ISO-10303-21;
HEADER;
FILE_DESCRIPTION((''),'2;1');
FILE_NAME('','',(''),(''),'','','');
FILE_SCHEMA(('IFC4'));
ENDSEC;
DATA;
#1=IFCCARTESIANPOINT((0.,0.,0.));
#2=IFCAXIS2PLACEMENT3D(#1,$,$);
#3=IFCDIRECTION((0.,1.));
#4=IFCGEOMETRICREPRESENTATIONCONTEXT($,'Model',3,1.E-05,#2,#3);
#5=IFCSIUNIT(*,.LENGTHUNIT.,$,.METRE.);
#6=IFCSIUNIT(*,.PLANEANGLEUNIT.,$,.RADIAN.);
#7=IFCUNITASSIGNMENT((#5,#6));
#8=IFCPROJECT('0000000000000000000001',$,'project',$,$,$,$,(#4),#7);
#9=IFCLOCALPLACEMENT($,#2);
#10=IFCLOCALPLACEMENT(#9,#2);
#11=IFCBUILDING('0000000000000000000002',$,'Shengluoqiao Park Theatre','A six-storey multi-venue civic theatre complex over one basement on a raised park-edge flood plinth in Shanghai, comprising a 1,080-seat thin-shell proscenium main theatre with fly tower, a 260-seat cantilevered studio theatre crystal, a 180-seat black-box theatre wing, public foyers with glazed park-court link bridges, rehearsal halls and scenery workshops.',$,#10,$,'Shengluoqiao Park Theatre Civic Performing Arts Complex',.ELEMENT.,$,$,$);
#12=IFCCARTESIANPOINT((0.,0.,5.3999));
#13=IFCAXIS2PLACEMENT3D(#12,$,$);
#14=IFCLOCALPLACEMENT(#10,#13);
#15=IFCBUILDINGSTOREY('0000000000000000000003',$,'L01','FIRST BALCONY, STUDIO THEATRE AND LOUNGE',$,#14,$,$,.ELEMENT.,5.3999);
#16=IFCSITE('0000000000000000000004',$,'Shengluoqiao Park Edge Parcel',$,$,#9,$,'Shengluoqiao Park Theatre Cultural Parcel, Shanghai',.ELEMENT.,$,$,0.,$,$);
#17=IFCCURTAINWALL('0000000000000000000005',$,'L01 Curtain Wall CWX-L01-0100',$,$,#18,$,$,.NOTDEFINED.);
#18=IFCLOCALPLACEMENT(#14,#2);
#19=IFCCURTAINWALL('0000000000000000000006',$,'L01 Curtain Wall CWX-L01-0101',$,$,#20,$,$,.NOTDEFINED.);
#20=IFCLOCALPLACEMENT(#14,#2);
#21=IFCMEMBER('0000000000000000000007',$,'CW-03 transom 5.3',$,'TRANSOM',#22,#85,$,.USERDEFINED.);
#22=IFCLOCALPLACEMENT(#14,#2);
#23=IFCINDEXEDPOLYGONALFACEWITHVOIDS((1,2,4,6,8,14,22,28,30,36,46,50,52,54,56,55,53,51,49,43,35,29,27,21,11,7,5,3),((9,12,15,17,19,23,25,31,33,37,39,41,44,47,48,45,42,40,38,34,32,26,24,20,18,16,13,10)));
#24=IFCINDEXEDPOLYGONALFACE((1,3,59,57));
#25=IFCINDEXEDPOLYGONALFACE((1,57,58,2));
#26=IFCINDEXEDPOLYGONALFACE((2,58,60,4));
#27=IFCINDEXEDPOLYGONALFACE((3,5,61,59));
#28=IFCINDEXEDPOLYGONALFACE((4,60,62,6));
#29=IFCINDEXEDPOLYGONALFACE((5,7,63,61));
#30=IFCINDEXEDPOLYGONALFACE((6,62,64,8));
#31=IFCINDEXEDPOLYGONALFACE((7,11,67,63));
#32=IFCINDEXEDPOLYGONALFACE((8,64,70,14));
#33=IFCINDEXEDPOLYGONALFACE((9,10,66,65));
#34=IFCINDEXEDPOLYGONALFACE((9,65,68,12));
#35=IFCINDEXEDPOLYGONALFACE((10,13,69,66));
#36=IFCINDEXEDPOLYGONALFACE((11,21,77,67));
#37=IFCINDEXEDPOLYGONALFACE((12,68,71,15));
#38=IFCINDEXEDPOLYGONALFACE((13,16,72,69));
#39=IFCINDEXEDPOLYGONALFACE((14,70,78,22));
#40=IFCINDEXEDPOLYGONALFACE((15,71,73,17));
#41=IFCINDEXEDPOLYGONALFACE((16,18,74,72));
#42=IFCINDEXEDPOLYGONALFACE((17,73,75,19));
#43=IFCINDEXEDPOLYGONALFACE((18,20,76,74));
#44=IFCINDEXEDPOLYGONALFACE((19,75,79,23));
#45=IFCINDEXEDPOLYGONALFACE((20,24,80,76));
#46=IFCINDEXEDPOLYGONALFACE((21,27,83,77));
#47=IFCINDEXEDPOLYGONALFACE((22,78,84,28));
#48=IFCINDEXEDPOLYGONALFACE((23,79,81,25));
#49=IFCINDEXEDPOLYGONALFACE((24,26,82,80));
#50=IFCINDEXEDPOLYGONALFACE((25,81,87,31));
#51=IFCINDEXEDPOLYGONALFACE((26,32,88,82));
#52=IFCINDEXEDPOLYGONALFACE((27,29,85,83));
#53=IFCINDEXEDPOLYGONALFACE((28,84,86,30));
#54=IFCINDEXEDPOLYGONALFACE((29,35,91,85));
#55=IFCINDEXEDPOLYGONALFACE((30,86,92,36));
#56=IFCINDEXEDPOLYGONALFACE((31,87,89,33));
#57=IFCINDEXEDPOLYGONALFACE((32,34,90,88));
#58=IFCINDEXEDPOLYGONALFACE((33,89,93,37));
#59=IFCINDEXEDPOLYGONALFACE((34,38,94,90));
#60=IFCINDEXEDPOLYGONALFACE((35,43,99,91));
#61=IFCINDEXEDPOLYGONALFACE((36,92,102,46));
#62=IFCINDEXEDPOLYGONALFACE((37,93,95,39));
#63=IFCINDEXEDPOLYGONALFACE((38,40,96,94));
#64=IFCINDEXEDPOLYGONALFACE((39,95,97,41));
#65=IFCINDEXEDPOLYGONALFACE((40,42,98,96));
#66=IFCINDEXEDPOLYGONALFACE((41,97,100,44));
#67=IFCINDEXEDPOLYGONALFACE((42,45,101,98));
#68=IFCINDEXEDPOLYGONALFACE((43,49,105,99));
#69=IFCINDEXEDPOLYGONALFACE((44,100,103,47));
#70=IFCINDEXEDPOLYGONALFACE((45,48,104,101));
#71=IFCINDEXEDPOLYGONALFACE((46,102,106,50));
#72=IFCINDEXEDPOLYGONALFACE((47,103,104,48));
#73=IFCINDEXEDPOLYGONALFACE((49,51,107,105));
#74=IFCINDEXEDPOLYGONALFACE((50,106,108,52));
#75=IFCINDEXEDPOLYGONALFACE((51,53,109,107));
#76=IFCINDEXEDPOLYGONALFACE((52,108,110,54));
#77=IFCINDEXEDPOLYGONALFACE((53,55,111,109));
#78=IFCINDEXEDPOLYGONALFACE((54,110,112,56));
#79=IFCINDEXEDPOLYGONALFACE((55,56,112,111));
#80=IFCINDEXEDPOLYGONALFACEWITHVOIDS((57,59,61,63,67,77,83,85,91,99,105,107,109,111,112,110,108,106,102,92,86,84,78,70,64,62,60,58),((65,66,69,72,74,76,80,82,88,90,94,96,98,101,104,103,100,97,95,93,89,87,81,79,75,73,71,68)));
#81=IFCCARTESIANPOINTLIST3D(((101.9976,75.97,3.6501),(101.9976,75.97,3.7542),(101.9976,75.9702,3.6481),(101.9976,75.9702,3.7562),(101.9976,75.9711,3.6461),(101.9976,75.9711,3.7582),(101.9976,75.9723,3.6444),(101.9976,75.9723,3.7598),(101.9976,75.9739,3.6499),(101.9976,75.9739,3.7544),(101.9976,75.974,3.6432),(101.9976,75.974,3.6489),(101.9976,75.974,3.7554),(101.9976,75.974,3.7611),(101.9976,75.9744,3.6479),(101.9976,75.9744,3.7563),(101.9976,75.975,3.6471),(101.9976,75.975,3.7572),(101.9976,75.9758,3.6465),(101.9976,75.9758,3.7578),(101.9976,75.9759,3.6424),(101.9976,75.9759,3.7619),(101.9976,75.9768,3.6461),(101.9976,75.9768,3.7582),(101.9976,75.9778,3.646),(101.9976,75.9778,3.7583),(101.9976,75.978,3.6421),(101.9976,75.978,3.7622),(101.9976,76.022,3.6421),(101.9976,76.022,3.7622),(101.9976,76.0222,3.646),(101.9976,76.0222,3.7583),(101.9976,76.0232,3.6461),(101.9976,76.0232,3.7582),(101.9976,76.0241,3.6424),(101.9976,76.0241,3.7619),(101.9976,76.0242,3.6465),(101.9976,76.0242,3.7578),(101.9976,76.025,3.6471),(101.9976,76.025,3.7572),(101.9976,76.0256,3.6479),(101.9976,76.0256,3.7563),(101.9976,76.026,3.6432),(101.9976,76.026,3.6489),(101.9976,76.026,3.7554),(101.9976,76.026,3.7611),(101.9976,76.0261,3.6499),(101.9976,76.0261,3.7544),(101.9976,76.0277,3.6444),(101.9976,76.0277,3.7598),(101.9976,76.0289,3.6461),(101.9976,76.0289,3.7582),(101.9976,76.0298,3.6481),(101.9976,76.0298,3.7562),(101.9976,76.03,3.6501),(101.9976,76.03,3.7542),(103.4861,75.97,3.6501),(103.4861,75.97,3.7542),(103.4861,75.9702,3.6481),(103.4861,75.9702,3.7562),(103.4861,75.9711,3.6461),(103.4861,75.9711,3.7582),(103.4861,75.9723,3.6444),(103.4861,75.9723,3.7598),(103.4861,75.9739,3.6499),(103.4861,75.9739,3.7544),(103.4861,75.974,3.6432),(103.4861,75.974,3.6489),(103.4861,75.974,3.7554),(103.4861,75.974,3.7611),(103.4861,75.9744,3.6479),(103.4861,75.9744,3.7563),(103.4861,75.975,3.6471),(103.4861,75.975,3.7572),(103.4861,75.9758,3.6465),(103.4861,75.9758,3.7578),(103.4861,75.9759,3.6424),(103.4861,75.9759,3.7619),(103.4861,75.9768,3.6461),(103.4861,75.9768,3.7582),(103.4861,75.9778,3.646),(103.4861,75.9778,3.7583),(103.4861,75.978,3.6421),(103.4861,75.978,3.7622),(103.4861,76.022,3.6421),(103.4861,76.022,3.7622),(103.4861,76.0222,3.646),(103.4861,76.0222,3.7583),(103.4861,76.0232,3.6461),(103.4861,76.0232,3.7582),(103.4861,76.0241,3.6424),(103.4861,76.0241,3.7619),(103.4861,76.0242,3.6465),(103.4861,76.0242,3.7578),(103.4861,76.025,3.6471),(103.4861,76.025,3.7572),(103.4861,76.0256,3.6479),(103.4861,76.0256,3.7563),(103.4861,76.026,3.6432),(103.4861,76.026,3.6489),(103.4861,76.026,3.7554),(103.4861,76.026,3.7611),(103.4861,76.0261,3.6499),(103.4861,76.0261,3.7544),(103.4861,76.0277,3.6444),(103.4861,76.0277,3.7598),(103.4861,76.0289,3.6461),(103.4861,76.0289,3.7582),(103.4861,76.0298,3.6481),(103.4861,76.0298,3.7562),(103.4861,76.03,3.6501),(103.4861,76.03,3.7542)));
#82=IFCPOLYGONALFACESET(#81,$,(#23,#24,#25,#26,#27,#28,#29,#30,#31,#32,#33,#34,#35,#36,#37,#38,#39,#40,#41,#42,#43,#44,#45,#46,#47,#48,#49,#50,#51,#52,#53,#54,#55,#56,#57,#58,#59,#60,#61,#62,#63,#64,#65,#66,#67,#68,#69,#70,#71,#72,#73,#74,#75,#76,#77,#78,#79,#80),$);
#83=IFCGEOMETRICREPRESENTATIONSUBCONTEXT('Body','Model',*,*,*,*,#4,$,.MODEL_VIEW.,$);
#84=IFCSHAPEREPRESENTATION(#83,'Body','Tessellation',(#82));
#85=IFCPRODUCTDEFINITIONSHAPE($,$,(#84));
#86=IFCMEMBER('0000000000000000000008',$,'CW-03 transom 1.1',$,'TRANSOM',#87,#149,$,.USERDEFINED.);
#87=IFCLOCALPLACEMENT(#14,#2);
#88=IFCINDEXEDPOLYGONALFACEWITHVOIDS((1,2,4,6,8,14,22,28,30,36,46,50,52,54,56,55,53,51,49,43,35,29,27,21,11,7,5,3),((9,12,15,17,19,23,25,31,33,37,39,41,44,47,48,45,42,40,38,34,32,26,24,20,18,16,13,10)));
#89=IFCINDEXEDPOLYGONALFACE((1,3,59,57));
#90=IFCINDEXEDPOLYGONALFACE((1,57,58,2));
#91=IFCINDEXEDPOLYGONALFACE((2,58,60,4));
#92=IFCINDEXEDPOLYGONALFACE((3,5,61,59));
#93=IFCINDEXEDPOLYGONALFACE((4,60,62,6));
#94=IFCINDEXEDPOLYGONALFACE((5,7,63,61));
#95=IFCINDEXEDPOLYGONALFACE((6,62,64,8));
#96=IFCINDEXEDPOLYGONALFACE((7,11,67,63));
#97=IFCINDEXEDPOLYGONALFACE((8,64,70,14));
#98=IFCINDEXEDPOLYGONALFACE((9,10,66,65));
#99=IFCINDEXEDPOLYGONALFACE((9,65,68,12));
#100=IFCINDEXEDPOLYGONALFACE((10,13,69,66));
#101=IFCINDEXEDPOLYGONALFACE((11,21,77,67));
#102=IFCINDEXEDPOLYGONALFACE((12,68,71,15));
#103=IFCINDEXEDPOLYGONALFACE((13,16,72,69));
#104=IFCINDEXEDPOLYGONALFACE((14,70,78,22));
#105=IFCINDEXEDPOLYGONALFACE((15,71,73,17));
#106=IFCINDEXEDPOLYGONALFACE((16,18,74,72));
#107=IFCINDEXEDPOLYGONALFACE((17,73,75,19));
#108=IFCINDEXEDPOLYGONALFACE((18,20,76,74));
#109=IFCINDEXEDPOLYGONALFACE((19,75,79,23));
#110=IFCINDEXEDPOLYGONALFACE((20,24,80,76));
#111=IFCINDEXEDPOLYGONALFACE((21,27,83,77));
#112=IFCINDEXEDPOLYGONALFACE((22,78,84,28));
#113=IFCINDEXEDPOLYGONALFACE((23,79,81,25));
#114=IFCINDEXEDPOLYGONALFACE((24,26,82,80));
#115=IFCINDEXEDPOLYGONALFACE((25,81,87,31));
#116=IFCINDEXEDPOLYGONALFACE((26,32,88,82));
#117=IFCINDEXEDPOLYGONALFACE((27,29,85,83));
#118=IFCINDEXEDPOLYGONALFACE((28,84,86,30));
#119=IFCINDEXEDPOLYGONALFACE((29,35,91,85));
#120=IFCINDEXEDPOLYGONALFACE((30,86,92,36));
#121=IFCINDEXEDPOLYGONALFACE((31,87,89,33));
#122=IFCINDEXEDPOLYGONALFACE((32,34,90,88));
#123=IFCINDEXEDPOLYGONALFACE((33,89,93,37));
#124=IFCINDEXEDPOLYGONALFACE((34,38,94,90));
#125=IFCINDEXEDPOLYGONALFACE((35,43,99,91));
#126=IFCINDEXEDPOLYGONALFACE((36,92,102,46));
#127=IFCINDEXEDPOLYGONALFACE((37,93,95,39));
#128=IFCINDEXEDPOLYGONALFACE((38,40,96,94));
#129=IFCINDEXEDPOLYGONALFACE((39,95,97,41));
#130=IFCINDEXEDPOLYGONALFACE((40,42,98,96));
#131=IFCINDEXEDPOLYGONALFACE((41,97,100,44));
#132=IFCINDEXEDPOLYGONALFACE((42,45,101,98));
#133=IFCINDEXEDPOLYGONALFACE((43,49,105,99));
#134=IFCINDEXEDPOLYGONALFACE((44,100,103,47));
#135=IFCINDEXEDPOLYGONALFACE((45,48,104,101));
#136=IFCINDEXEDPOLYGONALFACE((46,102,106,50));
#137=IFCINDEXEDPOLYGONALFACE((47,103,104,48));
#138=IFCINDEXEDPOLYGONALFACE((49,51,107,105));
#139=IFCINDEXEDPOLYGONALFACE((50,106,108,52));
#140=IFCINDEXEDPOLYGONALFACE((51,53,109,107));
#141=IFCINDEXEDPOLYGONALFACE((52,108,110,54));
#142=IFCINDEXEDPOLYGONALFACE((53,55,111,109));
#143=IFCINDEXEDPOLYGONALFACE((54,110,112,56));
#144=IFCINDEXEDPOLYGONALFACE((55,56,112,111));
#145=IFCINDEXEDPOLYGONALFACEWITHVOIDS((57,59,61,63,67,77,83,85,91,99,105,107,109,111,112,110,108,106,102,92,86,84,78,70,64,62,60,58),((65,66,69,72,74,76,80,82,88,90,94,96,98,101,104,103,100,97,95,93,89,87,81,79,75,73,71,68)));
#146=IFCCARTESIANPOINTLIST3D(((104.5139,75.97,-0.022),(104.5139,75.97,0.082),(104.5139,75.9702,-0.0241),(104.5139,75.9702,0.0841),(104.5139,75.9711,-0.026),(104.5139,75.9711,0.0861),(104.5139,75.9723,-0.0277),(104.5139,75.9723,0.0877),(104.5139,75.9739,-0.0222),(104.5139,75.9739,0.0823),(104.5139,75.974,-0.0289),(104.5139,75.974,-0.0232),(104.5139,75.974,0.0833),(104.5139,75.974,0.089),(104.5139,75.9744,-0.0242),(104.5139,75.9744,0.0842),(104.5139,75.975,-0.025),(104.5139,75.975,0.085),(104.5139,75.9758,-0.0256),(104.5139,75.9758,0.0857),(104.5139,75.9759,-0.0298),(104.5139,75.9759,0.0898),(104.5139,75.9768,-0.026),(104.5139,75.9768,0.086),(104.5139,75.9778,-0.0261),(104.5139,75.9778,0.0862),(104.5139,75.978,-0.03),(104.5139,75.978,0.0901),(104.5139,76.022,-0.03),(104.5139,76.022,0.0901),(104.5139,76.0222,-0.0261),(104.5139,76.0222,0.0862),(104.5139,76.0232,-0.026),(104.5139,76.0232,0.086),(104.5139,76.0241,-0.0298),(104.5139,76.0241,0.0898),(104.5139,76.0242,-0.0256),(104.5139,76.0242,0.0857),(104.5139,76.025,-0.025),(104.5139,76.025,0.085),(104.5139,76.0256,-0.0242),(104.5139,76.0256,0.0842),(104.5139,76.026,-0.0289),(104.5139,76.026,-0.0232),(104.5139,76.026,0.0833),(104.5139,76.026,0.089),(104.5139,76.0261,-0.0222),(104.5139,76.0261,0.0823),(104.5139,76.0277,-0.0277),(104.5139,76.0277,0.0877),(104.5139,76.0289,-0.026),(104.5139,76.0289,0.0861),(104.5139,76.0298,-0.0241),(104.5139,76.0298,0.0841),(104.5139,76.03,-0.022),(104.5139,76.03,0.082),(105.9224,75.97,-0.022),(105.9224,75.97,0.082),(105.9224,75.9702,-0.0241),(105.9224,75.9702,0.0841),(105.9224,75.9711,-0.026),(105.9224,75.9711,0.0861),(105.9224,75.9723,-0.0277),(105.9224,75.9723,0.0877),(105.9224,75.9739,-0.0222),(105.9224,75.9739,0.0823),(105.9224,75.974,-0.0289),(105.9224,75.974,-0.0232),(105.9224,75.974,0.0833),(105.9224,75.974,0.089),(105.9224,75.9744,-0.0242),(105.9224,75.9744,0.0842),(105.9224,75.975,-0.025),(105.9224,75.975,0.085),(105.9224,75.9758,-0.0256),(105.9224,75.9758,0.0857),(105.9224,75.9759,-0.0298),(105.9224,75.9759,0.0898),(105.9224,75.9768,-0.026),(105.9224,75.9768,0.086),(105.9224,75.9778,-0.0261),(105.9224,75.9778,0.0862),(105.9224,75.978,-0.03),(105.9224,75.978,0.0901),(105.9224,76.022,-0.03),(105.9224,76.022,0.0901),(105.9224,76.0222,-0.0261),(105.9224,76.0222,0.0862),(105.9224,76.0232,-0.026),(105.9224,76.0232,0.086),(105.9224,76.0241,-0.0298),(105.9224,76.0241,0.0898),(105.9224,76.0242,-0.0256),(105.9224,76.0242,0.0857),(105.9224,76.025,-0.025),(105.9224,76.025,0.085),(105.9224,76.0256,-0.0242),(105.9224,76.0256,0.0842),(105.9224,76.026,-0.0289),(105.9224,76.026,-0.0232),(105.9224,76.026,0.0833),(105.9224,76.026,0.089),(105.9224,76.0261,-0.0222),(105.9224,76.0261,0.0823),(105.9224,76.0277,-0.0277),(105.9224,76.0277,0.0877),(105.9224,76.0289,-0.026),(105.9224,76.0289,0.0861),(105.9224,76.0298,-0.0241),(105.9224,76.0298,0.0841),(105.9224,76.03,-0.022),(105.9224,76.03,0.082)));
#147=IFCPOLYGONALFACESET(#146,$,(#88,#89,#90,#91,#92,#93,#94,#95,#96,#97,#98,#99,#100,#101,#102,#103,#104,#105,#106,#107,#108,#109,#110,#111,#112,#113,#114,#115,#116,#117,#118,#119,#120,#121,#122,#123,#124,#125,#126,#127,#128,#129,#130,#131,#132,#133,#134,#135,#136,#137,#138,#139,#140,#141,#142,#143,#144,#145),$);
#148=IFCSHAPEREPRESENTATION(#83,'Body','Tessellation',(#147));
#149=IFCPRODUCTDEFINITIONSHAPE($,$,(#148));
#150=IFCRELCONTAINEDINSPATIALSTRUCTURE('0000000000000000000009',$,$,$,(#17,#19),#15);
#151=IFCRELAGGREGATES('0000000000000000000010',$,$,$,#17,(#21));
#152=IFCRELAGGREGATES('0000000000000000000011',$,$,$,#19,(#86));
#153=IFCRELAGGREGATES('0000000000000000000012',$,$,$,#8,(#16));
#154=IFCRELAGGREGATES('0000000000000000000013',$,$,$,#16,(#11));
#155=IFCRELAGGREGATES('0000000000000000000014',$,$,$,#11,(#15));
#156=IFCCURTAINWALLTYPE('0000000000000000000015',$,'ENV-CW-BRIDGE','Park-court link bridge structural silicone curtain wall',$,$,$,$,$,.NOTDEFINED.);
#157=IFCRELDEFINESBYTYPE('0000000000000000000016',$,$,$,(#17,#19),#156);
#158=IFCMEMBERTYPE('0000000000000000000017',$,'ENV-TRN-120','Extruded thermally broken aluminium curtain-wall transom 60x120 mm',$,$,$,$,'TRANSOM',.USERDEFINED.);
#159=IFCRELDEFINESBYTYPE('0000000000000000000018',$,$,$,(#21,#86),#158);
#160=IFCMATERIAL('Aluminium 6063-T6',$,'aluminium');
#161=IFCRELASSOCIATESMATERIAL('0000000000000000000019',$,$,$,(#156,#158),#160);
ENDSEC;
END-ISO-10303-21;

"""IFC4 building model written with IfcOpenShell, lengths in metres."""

from ifc_helpers import new_model, si_unit, direction, frame, origin, origin_2d, place, context, subcontext, project, spatial, hollow_rectangle, extrude, material, material_profile, profile_set, type_object, element, aggregate, save


model = new_model("IFC4")

# Units and contexts
model_context = context("Model", 3, precision=1e-05, world=origin(), true_north=direction((0.0, 1.0)))
body_context = subcontext(model_context, "Body", "Model", "MODEL_VIEW")
ifc_project = project(units=[si_unit("LENGTHUNIT", "METRE"), si_unit("PLANEANGLEUNIT", "RADIAN")], contexts=[model_context])

# Site, building, storey
site_placement = place(None, origin())
site = spatial("IfcSite", under=ifc_project, at=site_placement, Name="Shengluoqiao Park Edge Parcel", LongName="Shengluoqiao Park Theatre Cultural Parcel, Shanghai", CompositionType="ELEMENT", RefElevation=0.0)
building_placement = place(site_placement, origin())
building = spatial("IfcBuilding", under=site, at=building_placement, Name="Shengluoqiao Park Theatre", Description="A six-storey multi-venue civic theatre complex over one basement on a raised park-edge flood plinth in Shanghai, comprising a 1,080-seat thin-shell proscenium main theatre with fly tower, a 260-seat cantilevered studio theatre crystal, a 180-seat black-box theatre wing, public foyers with glazed park-court link bridges, rehearsal halls and scenery workshops.", LongName="Shengluoqiao Park Theatre Civic Performing Arts Complex", CompositionType="ELEMENT")
storey_placement = place(building_placement, frame((0.0, 0.0, 5.3999)))
storey = spatial("IfcBuildingStorey", under=building, at=storey_placement, Name="L01", Description="FIRST BALCONY, STUDIO THEATRE AND LOUNGE", CompositionType="ELEMENT", Elevation=5.3999)

# Curtain walls
ifc_material_1 = material(Name="Aluminium 6063-T6", Category="aluminium")
curtain_wall_type = type_object("IfcCurtainWallType", Name="ENV-CW-BRIDGE", Description="Park-court link bridge structural silicone curtain wall", PredefinedType="NOTDEFINED", material=ifc_material_1)
curtain_wall_1_placement = place(storey_placement, origin())
curtain_wall_1 = element("IfcCurtainWall", 1, at=curtain_wall_1_placement, inside=storey, type_object=curtain_wall_type, Name="L01 Curtain Wall CWX-L01-0100", PredefinedType="NOTDEFINED")
curtain_wall_2_placement = place(storey_placement, origin())
curtain_wall_2 = element("IfcCurtainWall", 2, at=curtain_wall_2_placement, inside=storey, type_object=curtain_wall_type, Name="L01 Curtain Wall CWX-L01-0101", PredefinedType="NOTDEFINED")

# Members
ifc_material_profile_1 = material_profile(ifc_material_1, hollow_rectangle(XDim=0.0601, YDim=0.1201, WallThickness=0.0039, InnerFilletRadius=0.0039, OuterFilletRadius=0.0081, at=origin_2d()), Name="ALU TRANSOM 120x60x4")
ifc_profile_set_1 = profile_set([ifc_material_profile_1], Name="Aluminium 6063-T6")
member_type_1 = type_object("IfcMemberType", Name="ENV-TRN-120", Description="Extruded thermally broken aluminium curtain-wall transom 60x120 mm", ElementType="TRANSOM", PredefinedType="USERDEFINED", material=ifc_profile_set_1)
member_1_placement = place(storey_placement, frame((101.9976, 76.0, 3.7021), z_axis=(1.0, 0.0, 0.0), x_axis=(0.0, 1.0, 0.0)))
member_1 = element("IfcMember", 3, at=member_1_placement, type_object=member_type_1, Name="CW-03 transom 5.3", ObjectType="TRANSOM", PredefinedType="USERDEFINED", context=body_context, shape_type="SweptSolid", body=[
    extrude(hollow_rectangle(XDim=0.0601, YDim=0.1201, WallThickness=0.0039, InnerFilletRadius=0.0039, OuterFilletRadius=0.0081, at=origin_2d()), origin(), (0.0, 0.0, 1.0), 1.4885),
])
member_2_placement = place(storey_placement, frame((104.5139, 76.0, 0.03), z_axis=(1.0, 0.0, 0.0), x_axis=(0.0, 1.0, 0.0)))
member_2 = element("IfcMember", 4, at=member_2_placement, type_object=member_type_1, Name="CW-03 transom 1.1", ObjectType="TRANSOM", PredefinedType="USERDEFINED", context=body_context, shape_type="SweptSolid", body=[
    extrude(hollow_rectangle(XDim=0.0601, YDim=0.1201, WallThickness=0.0039, InnerFilletRadius=0.0039, OuterFilletRadius=0.0081, at=origin_2d()), origin(), (0.0, 0.0, 1.0), 1.4084),
])

aggregate(curtain_wall_1, [member_1])
aggregate(curtain_wall_2, [member_2])

save(model, "model.ifc")
